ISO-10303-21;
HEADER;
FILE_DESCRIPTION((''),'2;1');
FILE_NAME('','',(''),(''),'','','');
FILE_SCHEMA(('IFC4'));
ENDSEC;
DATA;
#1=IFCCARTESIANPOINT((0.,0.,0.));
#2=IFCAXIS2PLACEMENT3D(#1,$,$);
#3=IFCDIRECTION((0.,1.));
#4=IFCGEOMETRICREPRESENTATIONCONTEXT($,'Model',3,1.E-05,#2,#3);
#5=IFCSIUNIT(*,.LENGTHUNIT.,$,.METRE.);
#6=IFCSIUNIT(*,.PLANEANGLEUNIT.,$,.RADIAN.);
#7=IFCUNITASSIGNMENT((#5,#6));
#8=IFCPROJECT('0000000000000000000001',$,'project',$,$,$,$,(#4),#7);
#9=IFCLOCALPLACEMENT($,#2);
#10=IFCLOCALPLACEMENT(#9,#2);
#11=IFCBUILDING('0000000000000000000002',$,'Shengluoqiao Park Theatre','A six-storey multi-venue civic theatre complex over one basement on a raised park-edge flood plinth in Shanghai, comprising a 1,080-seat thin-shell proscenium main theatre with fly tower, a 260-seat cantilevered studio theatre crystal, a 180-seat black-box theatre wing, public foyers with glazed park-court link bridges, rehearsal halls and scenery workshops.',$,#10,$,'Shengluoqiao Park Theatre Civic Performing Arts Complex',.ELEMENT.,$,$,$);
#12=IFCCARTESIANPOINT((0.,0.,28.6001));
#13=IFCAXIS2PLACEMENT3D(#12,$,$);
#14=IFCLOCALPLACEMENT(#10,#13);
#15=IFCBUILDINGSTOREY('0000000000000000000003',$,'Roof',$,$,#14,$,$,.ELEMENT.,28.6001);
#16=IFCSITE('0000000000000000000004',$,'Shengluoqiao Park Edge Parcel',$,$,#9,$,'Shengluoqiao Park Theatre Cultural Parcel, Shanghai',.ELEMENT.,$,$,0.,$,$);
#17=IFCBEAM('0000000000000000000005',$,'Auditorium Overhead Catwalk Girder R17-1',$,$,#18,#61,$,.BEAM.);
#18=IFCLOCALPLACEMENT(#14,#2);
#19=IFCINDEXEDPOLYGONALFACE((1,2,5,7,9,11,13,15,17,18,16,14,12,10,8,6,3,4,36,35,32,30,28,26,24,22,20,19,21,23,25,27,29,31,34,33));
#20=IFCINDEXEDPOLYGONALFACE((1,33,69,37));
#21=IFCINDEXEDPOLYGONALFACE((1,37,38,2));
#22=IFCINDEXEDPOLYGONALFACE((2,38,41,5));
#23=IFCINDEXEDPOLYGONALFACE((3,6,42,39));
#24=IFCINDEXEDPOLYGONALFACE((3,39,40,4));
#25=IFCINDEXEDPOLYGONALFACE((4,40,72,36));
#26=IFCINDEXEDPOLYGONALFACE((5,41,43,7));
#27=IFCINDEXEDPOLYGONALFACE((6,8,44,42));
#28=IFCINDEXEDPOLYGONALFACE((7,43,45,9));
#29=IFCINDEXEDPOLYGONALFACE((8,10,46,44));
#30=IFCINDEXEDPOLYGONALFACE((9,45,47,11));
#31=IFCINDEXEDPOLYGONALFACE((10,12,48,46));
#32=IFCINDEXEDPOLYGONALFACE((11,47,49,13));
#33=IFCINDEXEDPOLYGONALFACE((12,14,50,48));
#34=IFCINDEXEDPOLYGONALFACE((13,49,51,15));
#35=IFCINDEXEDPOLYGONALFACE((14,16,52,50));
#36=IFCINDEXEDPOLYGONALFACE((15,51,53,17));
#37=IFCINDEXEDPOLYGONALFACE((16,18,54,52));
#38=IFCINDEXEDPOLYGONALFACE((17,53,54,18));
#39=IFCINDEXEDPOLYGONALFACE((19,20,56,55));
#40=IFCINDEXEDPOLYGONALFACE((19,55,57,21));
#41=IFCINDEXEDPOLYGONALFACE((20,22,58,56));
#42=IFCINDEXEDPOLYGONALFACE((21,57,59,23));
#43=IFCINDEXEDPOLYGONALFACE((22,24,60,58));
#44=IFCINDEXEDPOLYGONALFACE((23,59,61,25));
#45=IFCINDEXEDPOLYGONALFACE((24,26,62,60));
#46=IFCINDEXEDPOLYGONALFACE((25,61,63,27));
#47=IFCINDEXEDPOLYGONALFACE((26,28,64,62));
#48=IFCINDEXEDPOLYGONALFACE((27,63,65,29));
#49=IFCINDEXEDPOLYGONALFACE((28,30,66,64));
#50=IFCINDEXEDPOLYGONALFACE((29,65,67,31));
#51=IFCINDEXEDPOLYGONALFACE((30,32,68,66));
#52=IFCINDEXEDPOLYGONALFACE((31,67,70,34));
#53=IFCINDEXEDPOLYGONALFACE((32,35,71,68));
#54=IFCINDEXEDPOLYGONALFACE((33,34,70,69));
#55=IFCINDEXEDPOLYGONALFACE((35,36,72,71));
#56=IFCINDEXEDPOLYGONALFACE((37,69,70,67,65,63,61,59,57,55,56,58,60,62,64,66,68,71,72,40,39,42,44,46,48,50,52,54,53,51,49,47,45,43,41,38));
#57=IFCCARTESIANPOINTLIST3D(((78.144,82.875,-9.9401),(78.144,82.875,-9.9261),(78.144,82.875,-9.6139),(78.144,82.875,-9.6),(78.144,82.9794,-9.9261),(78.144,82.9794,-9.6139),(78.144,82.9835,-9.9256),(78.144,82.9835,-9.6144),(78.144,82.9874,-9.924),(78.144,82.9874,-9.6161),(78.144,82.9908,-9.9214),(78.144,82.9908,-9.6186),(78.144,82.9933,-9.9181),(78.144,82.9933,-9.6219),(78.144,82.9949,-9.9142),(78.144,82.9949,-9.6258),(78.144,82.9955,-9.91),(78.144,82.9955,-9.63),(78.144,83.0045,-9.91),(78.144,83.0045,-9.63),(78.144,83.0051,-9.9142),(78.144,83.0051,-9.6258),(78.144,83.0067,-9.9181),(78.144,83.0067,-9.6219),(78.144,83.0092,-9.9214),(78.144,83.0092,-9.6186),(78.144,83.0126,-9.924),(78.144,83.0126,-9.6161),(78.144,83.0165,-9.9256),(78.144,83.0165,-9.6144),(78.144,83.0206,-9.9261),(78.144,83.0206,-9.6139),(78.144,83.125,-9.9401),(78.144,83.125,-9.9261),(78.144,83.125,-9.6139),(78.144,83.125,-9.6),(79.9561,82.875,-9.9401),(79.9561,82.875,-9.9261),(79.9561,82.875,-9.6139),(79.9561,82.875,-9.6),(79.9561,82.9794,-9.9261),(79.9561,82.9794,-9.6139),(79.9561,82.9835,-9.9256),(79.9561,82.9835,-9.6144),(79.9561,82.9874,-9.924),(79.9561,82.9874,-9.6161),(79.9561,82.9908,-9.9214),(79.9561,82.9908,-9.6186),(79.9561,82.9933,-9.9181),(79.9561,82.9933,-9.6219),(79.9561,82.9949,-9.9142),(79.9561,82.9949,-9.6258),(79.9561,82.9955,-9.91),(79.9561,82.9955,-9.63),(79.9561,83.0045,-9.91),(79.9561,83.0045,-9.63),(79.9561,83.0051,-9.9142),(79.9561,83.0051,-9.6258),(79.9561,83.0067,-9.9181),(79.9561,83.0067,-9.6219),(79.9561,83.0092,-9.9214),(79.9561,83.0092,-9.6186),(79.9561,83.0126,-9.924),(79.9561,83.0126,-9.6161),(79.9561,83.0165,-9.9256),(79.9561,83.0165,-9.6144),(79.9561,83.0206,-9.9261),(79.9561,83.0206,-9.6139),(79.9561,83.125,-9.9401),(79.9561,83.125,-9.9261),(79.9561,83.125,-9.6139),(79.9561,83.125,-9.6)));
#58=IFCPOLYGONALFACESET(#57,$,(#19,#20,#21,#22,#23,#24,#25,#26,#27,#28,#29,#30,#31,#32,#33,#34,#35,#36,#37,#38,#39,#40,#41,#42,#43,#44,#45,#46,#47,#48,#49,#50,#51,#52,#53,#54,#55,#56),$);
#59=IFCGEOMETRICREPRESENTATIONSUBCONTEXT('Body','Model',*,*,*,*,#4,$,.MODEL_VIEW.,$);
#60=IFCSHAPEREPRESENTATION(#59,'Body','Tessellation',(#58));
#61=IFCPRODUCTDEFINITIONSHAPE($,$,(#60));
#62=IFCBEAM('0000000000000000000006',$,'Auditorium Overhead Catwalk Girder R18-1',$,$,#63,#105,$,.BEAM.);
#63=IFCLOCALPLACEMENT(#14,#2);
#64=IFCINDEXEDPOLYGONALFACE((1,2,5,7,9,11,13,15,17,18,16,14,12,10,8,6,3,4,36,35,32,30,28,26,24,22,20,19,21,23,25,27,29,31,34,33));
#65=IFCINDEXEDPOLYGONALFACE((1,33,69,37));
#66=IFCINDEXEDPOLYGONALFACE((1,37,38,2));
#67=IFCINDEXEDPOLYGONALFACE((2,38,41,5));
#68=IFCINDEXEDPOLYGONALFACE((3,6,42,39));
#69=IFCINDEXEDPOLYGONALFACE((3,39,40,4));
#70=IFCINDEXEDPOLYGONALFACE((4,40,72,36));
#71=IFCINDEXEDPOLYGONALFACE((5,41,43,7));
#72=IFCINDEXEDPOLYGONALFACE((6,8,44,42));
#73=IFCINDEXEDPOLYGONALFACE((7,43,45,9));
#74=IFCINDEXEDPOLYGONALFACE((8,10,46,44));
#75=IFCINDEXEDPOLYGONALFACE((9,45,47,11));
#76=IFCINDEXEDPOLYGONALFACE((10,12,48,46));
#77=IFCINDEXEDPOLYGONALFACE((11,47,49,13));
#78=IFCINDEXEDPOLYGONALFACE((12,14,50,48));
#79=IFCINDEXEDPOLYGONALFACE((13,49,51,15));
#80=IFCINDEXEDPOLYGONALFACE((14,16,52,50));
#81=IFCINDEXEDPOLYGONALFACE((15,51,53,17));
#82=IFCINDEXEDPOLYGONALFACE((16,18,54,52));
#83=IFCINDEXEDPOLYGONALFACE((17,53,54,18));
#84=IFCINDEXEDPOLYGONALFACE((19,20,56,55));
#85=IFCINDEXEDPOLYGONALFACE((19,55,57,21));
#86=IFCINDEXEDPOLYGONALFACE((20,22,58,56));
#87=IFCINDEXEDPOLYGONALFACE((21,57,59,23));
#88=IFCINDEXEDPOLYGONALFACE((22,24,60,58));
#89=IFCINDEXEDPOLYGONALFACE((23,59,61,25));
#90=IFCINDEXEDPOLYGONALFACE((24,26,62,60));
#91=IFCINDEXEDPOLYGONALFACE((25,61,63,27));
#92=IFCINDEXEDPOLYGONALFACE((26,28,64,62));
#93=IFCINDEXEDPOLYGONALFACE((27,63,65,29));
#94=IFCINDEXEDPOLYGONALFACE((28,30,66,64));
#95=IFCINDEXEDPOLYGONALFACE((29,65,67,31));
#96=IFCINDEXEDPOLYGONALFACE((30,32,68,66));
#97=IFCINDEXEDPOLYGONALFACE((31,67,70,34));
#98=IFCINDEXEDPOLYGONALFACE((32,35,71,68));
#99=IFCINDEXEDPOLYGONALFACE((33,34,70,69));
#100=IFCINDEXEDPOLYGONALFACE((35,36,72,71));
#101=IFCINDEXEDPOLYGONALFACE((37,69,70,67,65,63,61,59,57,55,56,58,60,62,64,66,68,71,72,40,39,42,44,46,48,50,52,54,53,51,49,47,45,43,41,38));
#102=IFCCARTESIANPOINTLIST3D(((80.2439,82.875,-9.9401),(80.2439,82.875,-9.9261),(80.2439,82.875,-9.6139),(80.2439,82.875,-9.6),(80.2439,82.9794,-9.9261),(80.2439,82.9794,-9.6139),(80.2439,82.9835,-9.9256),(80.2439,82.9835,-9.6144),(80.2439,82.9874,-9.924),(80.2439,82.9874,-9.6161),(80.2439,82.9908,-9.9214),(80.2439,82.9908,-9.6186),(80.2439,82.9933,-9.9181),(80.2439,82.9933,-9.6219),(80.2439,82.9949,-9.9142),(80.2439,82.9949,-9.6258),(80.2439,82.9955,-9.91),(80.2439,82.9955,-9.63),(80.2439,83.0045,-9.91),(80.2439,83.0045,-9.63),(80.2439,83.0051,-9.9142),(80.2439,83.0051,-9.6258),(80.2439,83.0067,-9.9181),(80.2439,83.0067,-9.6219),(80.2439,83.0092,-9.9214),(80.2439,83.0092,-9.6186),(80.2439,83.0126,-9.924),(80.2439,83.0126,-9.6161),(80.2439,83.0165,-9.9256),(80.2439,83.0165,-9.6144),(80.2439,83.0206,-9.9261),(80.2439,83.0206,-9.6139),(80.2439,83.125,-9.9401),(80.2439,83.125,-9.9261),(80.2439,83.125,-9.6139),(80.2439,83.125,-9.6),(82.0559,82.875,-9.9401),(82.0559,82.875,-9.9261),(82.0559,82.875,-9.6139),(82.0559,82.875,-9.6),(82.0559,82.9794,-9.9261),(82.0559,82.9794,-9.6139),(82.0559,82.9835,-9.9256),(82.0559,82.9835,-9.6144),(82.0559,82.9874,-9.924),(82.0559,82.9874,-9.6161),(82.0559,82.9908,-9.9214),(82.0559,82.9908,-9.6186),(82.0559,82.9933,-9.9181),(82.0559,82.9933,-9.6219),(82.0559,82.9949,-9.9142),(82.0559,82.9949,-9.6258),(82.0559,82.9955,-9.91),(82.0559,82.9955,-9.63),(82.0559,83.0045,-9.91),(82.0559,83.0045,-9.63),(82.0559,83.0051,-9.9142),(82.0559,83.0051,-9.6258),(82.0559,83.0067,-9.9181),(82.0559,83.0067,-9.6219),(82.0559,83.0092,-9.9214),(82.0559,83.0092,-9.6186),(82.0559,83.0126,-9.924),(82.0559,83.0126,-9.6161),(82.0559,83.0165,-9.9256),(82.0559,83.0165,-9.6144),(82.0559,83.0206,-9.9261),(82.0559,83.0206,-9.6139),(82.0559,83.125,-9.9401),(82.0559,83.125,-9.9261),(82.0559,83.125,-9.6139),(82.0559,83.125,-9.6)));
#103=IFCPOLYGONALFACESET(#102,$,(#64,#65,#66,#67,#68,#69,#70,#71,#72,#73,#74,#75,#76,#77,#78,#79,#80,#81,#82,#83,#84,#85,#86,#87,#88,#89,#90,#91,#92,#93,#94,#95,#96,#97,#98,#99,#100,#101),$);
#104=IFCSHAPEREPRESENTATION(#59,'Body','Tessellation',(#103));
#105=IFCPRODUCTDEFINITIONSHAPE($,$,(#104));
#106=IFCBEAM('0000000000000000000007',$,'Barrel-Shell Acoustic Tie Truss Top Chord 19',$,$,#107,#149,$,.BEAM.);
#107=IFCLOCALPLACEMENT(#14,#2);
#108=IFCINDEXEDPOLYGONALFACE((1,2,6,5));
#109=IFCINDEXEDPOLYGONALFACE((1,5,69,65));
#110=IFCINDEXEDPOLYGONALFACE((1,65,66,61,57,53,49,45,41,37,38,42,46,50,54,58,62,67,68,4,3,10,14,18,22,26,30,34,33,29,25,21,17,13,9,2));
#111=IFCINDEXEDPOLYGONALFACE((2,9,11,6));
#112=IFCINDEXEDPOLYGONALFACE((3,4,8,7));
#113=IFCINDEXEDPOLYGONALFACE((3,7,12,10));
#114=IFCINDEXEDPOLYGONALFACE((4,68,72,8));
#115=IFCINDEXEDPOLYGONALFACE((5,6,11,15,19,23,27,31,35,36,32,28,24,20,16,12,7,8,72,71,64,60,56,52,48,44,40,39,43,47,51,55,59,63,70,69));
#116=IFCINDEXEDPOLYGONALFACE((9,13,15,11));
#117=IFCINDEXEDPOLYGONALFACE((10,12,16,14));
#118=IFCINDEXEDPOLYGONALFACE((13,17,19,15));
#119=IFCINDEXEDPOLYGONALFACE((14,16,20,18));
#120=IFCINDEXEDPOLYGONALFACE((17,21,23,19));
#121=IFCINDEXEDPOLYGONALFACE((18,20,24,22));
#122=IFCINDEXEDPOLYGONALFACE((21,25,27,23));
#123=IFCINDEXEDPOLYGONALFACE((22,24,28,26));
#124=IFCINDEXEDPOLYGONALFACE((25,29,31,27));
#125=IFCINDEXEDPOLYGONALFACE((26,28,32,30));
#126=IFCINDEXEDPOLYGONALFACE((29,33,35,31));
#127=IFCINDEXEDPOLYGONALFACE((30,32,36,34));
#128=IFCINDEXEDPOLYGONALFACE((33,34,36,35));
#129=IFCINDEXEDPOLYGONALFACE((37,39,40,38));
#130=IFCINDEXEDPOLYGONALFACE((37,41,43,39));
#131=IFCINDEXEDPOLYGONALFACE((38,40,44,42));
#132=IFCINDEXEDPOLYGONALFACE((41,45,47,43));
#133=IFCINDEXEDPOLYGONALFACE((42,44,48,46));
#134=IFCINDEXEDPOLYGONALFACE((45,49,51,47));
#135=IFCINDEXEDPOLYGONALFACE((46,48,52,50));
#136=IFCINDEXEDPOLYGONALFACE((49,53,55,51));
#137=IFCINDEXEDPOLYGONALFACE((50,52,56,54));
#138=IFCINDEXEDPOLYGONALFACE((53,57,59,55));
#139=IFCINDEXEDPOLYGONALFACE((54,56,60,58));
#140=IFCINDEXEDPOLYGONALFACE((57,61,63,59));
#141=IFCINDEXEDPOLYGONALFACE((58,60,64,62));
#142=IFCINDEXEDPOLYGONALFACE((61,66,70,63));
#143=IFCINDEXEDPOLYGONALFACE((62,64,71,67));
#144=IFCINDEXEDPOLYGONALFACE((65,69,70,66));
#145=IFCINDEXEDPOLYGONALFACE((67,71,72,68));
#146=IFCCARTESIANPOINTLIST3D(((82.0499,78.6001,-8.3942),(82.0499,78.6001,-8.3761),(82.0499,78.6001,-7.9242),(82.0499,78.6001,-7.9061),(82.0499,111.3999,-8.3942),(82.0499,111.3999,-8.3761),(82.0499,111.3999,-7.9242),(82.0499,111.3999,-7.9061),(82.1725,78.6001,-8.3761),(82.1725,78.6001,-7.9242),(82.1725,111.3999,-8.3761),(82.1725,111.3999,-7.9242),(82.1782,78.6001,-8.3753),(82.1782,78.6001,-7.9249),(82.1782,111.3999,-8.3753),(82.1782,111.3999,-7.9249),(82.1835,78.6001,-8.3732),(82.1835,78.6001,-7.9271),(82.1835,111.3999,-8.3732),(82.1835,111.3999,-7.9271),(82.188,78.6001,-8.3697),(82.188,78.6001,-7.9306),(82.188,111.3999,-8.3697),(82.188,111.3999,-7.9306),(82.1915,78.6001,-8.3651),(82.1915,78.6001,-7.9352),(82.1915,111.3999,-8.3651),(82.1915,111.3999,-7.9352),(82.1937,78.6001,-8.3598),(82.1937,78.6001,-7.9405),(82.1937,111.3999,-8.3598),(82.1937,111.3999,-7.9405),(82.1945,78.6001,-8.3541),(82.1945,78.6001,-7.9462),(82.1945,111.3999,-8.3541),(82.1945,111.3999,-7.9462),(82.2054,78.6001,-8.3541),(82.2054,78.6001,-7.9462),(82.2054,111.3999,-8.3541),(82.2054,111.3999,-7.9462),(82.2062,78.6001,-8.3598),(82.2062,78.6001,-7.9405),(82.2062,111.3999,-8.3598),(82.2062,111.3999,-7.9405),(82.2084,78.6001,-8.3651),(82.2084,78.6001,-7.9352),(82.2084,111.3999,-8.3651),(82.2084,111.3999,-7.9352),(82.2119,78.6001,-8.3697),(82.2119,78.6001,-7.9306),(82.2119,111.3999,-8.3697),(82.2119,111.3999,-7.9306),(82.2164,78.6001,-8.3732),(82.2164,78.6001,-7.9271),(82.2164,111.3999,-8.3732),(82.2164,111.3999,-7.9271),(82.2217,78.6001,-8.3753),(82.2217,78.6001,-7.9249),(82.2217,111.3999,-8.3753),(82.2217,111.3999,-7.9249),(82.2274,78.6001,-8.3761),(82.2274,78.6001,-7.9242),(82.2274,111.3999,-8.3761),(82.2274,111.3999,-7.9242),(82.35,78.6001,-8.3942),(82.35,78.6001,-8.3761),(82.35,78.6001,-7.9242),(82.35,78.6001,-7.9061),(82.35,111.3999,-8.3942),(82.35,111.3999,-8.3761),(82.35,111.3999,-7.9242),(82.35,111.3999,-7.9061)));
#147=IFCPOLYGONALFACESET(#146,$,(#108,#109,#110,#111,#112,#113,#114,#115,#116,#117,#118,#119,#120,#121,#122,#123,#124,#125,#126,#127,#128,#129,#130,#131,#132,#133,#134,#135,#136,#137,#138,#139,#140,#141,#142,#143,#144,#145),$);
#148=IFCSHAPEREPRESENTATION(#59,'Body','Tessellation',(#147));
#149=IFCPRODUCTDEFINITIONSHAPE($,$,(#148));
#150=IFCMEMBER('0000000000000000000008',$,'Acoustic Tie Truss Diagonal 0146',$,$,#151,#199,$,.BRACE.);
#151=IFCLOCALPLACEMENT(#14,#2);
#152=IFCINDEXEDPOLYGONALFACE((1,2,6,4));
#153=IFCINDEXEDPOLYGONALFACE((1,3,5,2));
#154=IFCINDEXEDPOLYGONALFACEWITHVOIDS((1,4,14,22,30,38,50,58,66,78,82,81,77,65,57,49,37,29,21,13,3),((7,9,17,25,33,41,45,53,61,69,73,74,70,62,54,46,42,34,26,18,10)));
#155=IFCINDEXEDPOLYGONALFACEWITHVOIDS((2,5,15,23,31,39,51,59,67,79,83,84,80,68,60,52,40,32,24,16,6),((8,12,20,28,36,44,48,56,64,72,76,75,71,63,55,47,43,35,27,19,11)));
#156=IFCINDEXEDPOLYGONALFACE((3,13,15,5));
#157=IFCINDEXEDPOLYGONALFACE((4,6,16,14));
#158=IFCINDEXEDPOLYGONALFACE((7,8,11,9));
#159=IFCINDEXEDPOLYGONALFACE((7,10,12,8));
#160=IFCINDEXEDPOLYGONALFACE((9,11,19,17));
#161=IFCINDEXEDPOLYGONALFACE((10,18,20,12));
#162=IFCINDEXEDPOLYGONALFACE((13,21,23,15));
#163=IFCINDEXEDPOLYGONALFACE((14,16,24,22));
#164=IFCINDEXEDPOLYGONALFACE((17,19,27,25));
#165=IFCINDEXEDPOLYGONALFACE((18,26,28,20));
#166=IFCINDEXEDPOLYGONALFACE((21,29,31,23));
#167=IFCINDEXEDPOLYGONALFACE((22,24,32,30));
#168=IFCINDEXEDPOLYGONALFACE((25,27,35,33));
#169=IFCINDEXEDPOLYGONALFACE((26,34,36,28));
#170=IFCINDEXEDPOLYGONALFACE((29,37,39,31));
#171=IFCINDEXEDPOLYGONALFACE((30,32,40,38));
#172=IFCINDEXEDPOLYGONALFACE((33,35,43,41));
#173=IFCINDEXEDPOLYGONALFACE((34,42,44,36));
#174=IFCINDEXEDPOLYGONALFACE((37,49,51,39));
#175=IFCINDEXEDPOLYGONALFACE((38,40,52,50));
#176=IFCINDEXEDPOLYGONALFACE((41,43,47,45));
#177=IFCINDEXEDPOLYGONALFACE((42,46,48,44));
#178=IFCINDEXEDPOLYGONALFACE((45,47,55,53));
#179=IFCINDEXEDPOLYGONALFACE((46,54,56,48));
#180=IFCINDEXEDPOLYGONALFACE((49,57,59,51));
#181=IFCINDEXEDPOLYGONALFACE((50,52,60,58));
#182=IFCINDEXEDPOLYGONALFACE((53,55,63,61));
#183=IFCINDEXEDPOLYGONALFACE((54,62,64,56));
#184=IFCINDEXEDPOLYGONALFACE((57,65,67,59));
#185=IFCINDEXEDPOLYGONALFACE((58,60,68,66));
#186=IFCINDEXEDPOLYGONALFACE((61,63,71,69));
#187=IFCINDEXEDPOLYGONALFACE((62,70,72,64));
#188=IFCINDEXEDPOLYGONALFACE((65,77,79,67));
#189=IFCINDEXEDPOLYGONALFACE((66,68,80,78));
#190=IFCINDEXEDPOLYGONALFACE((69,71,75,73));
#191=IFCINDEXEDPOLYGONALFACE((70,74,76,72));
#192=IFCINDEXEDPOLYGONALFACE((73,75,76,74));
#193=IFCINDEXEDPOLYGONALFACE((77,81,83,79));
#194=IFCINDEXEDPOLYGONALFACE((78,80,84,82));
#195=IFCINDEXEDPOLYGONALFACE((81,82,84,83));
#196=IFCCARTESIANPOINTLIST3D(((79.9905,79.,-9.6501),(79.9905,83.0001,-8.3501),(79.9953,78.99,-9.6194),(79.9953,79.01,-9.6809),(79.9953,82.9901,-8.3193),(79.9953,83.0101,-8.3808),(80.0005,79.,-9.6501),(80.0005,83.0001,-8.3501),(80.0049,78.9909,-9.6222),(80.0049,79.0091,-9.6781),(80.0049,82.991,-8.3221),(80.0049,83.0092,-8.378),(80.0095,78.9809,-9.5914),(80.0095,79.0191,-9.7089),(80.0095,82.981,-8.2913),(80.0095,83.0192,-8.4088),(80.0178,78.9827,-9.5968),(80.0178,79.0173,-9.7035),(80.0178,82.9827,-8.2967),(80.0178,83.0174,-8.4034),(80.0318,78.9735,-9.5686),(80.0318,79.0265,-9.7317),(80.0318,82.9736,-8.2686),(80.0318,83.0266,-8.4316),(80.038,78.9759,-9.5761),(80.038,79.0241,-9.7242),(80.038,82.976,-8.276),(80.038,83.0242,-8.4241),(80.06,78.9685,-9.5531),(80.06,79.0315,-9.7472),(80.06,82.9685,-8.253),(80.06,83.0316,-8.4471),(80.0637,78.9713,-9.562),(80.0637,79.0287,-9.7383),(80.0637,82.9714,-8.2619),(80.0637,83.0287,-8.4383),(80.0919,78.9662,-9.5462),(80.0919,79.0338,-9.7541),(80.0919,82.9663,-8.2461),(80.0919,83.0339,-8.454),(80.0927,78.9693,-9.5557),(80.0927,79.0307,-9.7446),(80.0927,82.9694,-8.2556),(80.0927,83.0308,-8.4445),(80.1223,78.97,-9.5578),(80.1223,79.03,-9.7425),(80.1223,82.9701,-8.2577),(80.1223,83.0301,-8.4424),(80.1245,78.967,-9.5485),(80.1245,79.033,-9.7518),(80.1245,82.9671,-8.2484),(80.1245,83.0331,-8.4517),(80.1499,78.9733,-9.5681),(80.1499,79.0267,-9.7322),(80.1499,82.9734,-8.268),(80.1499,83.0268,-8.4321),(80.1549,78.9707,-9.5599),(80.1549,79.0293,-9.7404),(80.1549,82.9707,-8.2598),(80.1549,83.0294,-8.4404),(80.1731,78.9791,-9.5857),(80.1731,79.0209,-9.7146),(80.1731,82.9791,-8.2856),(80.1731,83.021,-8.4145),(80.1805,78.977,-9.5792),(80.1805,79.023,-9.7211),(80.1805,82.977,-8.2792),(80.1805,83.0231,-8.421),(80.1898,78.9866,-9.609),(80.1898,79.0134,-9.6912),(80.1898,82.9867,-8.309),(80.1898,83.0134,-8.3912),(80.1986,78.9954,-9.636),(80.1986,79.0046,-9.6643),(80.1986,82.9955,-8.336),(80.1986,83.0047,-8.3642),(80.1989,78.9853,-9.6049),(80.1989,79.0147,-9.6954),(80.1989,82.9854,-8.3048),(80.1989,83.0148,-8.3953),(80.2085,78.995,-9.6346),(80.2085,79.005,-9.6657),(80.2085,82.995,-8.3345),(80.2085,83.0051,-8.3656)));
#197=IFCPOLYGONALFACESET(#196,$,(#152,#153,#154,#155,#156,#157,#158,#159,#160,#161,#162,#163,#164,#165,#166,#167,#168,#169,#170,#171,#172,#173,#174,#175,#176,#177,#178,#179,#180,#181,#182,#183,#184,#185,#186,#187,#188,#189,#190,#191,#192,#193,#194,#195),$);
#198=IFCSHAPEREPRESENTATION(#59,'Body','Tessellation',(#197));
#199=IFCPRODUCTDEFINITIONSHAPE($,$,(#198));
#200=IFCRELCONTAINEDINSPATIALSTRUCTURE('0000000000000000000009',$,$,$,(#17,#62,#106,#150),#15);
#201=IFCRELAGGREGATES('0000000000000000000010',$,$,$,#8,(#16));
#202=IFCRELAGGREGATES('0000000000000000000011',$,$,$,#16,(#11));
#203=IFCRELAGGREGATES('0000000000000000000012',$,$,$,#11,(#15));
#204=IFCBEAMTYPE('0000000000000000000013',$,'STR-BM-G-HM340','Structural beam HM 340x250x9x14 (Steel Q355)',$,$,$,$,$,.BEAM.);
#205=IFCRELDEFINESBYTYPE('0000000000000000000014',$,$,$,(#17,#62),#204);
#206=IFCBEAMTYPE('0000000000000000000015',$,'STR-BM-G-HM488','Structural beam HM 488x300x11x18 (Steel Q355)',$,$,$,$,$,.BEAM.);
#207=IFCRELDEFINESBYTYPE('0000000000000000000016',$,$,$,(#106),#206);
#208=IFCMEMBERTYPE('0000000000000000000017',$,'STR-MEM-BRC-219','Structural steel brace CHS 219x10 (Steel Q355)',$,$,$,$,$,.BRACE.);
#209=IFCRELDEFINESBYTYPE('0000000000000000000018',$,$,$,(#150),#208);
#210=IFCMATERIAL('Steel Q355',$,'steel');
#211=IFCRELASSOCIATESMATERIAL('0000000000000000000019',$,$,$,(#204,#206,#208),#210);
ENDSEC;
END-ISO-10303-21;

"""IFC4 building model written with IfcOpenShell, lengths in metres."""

from ifc_helpers import new_model, si_unit, direction, frame, origin, origin_2d, place, context, subcontext, project, spatial, hollow_circle, i_section, extrude, material, material_profile, profile_set, type_object, element, save


model = new_model("IFC4")

# Units and contexts
model_context = context("Model", 3, precision=1e-05, world=origin(), true_north=direction((0.0, 1.0)))
body_context = subcontext(model_context, "Body", "Model", "MODEL_VIEW")
ifc_project = project(units=[si_unit("LENGTHUNIT", "METRE"), si_unit("PLANEANGLEUNIT", "RADIAN")], contexts=[model_context])

# Site, building, storey
site_placement = place(None, origin())
site = spatial("IfcSite", under=ifc_project, at=site_placement, Name="Shengluoqiao Park Edge Parcel", LongName="Shengluoqiao Park Theatre Cultural Parcel, Shanghai", CompositionType="ELEMENT", RefElevation=0.0)
building_placement = place(site_placement, origin())
building = spatial("IfcBuilding", under=site, at=building_placement, Name="Shengluoqiao Park Theatre", Description="A six-storey multi-venue civic theatre complex over one basement on a raised park-edge flood plinth in Shanghai, comprising a 1,080-seat thin-shell proscenium main theatre with fly tower, a 260-seat cantilevered studio theatre crystal, a 180-seat black-box theatre wing, public foyers with glazed park-court link bridges, rehearsal halls and scenery workshops.", LongName="Shengluoqiao Park Theatre Civic Performing Arts Complex", CompositionType="ELEMENT")
storey_placement = place(building_placement, frame((0.0, 0.0, 28.6001)))
storey = spatial("IfcBuildingStorey", under=building, at=storey_placement, Name="Roof", CompositionType="ELEMENT", Elevation=28.6001)

# Beams
ifc_material = material(Name="Steel Q355", Category="steel")
ifc_material_profile_1 = material_profile(ifc_material, i_section(OverallWidth=0.25, OverallDepth=0.3401, WebThickness=0.009, FlangeThickness=0.0139, FilletRadius=0.0161, at=origin_2d()), Name="HM 340x250x9x14")
ifc_profile_set_1 = profile_set([ifc_material_profile_1], Name="Steel Q355")
beam_type_1 = type_object("IfcBeamType", Name="STR-BM-G-HM340", Description="Structural beam HM 340x250x9x14 (Steel Q355)", PredefinedType="BEAM", material=ifc_profile_set_1)
for number, where, z_axis, x_axis, name in (
    (1, (78.144, 83.0, -9.77), (1.0, 0.0, 0.0), (0.0, 1.0, 0.0), "Auditorium Overhead Catwalk Girder R17-1"),
    (2, (80.2439, 83.0, -9.77), (1.0, 0.0, 0.0), (0.0, 1.0, 0.0), "Auditorium Overhead Catwalk Girder R18-1"),
):
    element("IfcBeam", number, at=place(storey_placement, frame(where, z_axis=z_axis, x_axis=x_axis)), inside=storey, type_object=beam_type_1, Name=name, PredefinedType="BEAM", context=body_context, shape_type="SweptSolid", body=[
        extrude(i_section(OverallWidth=0.25, OverallDepth=0.3401, WebThickness=0.009, FlangeThickness=0.0139, FilletRadius=0.0161, at=origin_2d()), origin(), (0.0, 0.0, 1.0), 1.812),
    ])
ifc_material_profile_2 = material_profile(ifc_material, i_section(OverallWidth=0.3, OverallDepth=0.488, WebThickness=0.011, FlangeThickness=0.0181, FilletRadius=0.022, at=origin_2d()), Name="HM 488x300x11x18")
ifc_profile_set_2 = profile_set([ifc_material_profile_2], Name="Steel Q355")
beam_type_2 = type_object("IfcBeamType", Name="STR-BM-G-HM488", Description="Structural beam HM 488x300x11x18 (Steel Q355)", PredefinedType="BEAM", material=ifc_profile_set_2)
beam_placement = place(storey_placement, frame((82.2, 78.6001, -8.1501), z_axis=(0.0, 1.0, 0.0), x_axis=(-1.0, 0.0, 0.0)))
element("IfcBeam", 3, at=beam_placement, inside=storey, type_object=beam_type_2, Name="Barrel-Shell Acoustic Tie Truss Top Chord 19", PredefinedType="BEAM", context=body_context, shape_type="SweptSolid", body=[
    extrude(i_section(OverallWidth=0.3, OverallDepth=0.488, WebThickness=0.011, FlangeThickness=0.0181, FilletRadius=0.022, at=origin_2d()), origin(), (0.0, 0.0, 1.0), 32.7998),
])

# Member
ifc_material_profile_3 = material_profile(ifc_material, hollow_circle(Radius=0.1096, WallThickness=0.01, at=origin_2d()), Name="CHS 219x10")
ifc_profile_set_3 = profile_set([ifc_material_profile_3], Name="Steel Q355")
member_type_1 = type_object("IfcMemberType", Name="STR-MEM-BRC-219", Description="Structural steel brace CHS 219x10 (Steel Q355)", PredefinedType="BRACE", material=ifc_profile_set_3)
for number, where, z_axis, x_axis, name in (
    (4, (80.1001, 79.0, -9.6501), (0.0, 0.951031, 0.309097), (-1.0, 0.0, 0.0), "Acoustic Tie Truss Diagonal 0146"),
):
    element("IfcMember", number, at=place(storey_placement, frame(where, z_axis=z_axis, x_axis=x_axis)), inside=storey, type_object=member_type_1, Name=name, PredefinedType="BRACE", context=body_context, shape_type="SweptSolid", body=[
        extrude(hollow_circle(Radius=0.1096, WallThickness=0.01, at=origin_2d()), origin(), (0.0, 0.0, 1.0), 4.2061),
    ])

save(model, "model.ifc")
